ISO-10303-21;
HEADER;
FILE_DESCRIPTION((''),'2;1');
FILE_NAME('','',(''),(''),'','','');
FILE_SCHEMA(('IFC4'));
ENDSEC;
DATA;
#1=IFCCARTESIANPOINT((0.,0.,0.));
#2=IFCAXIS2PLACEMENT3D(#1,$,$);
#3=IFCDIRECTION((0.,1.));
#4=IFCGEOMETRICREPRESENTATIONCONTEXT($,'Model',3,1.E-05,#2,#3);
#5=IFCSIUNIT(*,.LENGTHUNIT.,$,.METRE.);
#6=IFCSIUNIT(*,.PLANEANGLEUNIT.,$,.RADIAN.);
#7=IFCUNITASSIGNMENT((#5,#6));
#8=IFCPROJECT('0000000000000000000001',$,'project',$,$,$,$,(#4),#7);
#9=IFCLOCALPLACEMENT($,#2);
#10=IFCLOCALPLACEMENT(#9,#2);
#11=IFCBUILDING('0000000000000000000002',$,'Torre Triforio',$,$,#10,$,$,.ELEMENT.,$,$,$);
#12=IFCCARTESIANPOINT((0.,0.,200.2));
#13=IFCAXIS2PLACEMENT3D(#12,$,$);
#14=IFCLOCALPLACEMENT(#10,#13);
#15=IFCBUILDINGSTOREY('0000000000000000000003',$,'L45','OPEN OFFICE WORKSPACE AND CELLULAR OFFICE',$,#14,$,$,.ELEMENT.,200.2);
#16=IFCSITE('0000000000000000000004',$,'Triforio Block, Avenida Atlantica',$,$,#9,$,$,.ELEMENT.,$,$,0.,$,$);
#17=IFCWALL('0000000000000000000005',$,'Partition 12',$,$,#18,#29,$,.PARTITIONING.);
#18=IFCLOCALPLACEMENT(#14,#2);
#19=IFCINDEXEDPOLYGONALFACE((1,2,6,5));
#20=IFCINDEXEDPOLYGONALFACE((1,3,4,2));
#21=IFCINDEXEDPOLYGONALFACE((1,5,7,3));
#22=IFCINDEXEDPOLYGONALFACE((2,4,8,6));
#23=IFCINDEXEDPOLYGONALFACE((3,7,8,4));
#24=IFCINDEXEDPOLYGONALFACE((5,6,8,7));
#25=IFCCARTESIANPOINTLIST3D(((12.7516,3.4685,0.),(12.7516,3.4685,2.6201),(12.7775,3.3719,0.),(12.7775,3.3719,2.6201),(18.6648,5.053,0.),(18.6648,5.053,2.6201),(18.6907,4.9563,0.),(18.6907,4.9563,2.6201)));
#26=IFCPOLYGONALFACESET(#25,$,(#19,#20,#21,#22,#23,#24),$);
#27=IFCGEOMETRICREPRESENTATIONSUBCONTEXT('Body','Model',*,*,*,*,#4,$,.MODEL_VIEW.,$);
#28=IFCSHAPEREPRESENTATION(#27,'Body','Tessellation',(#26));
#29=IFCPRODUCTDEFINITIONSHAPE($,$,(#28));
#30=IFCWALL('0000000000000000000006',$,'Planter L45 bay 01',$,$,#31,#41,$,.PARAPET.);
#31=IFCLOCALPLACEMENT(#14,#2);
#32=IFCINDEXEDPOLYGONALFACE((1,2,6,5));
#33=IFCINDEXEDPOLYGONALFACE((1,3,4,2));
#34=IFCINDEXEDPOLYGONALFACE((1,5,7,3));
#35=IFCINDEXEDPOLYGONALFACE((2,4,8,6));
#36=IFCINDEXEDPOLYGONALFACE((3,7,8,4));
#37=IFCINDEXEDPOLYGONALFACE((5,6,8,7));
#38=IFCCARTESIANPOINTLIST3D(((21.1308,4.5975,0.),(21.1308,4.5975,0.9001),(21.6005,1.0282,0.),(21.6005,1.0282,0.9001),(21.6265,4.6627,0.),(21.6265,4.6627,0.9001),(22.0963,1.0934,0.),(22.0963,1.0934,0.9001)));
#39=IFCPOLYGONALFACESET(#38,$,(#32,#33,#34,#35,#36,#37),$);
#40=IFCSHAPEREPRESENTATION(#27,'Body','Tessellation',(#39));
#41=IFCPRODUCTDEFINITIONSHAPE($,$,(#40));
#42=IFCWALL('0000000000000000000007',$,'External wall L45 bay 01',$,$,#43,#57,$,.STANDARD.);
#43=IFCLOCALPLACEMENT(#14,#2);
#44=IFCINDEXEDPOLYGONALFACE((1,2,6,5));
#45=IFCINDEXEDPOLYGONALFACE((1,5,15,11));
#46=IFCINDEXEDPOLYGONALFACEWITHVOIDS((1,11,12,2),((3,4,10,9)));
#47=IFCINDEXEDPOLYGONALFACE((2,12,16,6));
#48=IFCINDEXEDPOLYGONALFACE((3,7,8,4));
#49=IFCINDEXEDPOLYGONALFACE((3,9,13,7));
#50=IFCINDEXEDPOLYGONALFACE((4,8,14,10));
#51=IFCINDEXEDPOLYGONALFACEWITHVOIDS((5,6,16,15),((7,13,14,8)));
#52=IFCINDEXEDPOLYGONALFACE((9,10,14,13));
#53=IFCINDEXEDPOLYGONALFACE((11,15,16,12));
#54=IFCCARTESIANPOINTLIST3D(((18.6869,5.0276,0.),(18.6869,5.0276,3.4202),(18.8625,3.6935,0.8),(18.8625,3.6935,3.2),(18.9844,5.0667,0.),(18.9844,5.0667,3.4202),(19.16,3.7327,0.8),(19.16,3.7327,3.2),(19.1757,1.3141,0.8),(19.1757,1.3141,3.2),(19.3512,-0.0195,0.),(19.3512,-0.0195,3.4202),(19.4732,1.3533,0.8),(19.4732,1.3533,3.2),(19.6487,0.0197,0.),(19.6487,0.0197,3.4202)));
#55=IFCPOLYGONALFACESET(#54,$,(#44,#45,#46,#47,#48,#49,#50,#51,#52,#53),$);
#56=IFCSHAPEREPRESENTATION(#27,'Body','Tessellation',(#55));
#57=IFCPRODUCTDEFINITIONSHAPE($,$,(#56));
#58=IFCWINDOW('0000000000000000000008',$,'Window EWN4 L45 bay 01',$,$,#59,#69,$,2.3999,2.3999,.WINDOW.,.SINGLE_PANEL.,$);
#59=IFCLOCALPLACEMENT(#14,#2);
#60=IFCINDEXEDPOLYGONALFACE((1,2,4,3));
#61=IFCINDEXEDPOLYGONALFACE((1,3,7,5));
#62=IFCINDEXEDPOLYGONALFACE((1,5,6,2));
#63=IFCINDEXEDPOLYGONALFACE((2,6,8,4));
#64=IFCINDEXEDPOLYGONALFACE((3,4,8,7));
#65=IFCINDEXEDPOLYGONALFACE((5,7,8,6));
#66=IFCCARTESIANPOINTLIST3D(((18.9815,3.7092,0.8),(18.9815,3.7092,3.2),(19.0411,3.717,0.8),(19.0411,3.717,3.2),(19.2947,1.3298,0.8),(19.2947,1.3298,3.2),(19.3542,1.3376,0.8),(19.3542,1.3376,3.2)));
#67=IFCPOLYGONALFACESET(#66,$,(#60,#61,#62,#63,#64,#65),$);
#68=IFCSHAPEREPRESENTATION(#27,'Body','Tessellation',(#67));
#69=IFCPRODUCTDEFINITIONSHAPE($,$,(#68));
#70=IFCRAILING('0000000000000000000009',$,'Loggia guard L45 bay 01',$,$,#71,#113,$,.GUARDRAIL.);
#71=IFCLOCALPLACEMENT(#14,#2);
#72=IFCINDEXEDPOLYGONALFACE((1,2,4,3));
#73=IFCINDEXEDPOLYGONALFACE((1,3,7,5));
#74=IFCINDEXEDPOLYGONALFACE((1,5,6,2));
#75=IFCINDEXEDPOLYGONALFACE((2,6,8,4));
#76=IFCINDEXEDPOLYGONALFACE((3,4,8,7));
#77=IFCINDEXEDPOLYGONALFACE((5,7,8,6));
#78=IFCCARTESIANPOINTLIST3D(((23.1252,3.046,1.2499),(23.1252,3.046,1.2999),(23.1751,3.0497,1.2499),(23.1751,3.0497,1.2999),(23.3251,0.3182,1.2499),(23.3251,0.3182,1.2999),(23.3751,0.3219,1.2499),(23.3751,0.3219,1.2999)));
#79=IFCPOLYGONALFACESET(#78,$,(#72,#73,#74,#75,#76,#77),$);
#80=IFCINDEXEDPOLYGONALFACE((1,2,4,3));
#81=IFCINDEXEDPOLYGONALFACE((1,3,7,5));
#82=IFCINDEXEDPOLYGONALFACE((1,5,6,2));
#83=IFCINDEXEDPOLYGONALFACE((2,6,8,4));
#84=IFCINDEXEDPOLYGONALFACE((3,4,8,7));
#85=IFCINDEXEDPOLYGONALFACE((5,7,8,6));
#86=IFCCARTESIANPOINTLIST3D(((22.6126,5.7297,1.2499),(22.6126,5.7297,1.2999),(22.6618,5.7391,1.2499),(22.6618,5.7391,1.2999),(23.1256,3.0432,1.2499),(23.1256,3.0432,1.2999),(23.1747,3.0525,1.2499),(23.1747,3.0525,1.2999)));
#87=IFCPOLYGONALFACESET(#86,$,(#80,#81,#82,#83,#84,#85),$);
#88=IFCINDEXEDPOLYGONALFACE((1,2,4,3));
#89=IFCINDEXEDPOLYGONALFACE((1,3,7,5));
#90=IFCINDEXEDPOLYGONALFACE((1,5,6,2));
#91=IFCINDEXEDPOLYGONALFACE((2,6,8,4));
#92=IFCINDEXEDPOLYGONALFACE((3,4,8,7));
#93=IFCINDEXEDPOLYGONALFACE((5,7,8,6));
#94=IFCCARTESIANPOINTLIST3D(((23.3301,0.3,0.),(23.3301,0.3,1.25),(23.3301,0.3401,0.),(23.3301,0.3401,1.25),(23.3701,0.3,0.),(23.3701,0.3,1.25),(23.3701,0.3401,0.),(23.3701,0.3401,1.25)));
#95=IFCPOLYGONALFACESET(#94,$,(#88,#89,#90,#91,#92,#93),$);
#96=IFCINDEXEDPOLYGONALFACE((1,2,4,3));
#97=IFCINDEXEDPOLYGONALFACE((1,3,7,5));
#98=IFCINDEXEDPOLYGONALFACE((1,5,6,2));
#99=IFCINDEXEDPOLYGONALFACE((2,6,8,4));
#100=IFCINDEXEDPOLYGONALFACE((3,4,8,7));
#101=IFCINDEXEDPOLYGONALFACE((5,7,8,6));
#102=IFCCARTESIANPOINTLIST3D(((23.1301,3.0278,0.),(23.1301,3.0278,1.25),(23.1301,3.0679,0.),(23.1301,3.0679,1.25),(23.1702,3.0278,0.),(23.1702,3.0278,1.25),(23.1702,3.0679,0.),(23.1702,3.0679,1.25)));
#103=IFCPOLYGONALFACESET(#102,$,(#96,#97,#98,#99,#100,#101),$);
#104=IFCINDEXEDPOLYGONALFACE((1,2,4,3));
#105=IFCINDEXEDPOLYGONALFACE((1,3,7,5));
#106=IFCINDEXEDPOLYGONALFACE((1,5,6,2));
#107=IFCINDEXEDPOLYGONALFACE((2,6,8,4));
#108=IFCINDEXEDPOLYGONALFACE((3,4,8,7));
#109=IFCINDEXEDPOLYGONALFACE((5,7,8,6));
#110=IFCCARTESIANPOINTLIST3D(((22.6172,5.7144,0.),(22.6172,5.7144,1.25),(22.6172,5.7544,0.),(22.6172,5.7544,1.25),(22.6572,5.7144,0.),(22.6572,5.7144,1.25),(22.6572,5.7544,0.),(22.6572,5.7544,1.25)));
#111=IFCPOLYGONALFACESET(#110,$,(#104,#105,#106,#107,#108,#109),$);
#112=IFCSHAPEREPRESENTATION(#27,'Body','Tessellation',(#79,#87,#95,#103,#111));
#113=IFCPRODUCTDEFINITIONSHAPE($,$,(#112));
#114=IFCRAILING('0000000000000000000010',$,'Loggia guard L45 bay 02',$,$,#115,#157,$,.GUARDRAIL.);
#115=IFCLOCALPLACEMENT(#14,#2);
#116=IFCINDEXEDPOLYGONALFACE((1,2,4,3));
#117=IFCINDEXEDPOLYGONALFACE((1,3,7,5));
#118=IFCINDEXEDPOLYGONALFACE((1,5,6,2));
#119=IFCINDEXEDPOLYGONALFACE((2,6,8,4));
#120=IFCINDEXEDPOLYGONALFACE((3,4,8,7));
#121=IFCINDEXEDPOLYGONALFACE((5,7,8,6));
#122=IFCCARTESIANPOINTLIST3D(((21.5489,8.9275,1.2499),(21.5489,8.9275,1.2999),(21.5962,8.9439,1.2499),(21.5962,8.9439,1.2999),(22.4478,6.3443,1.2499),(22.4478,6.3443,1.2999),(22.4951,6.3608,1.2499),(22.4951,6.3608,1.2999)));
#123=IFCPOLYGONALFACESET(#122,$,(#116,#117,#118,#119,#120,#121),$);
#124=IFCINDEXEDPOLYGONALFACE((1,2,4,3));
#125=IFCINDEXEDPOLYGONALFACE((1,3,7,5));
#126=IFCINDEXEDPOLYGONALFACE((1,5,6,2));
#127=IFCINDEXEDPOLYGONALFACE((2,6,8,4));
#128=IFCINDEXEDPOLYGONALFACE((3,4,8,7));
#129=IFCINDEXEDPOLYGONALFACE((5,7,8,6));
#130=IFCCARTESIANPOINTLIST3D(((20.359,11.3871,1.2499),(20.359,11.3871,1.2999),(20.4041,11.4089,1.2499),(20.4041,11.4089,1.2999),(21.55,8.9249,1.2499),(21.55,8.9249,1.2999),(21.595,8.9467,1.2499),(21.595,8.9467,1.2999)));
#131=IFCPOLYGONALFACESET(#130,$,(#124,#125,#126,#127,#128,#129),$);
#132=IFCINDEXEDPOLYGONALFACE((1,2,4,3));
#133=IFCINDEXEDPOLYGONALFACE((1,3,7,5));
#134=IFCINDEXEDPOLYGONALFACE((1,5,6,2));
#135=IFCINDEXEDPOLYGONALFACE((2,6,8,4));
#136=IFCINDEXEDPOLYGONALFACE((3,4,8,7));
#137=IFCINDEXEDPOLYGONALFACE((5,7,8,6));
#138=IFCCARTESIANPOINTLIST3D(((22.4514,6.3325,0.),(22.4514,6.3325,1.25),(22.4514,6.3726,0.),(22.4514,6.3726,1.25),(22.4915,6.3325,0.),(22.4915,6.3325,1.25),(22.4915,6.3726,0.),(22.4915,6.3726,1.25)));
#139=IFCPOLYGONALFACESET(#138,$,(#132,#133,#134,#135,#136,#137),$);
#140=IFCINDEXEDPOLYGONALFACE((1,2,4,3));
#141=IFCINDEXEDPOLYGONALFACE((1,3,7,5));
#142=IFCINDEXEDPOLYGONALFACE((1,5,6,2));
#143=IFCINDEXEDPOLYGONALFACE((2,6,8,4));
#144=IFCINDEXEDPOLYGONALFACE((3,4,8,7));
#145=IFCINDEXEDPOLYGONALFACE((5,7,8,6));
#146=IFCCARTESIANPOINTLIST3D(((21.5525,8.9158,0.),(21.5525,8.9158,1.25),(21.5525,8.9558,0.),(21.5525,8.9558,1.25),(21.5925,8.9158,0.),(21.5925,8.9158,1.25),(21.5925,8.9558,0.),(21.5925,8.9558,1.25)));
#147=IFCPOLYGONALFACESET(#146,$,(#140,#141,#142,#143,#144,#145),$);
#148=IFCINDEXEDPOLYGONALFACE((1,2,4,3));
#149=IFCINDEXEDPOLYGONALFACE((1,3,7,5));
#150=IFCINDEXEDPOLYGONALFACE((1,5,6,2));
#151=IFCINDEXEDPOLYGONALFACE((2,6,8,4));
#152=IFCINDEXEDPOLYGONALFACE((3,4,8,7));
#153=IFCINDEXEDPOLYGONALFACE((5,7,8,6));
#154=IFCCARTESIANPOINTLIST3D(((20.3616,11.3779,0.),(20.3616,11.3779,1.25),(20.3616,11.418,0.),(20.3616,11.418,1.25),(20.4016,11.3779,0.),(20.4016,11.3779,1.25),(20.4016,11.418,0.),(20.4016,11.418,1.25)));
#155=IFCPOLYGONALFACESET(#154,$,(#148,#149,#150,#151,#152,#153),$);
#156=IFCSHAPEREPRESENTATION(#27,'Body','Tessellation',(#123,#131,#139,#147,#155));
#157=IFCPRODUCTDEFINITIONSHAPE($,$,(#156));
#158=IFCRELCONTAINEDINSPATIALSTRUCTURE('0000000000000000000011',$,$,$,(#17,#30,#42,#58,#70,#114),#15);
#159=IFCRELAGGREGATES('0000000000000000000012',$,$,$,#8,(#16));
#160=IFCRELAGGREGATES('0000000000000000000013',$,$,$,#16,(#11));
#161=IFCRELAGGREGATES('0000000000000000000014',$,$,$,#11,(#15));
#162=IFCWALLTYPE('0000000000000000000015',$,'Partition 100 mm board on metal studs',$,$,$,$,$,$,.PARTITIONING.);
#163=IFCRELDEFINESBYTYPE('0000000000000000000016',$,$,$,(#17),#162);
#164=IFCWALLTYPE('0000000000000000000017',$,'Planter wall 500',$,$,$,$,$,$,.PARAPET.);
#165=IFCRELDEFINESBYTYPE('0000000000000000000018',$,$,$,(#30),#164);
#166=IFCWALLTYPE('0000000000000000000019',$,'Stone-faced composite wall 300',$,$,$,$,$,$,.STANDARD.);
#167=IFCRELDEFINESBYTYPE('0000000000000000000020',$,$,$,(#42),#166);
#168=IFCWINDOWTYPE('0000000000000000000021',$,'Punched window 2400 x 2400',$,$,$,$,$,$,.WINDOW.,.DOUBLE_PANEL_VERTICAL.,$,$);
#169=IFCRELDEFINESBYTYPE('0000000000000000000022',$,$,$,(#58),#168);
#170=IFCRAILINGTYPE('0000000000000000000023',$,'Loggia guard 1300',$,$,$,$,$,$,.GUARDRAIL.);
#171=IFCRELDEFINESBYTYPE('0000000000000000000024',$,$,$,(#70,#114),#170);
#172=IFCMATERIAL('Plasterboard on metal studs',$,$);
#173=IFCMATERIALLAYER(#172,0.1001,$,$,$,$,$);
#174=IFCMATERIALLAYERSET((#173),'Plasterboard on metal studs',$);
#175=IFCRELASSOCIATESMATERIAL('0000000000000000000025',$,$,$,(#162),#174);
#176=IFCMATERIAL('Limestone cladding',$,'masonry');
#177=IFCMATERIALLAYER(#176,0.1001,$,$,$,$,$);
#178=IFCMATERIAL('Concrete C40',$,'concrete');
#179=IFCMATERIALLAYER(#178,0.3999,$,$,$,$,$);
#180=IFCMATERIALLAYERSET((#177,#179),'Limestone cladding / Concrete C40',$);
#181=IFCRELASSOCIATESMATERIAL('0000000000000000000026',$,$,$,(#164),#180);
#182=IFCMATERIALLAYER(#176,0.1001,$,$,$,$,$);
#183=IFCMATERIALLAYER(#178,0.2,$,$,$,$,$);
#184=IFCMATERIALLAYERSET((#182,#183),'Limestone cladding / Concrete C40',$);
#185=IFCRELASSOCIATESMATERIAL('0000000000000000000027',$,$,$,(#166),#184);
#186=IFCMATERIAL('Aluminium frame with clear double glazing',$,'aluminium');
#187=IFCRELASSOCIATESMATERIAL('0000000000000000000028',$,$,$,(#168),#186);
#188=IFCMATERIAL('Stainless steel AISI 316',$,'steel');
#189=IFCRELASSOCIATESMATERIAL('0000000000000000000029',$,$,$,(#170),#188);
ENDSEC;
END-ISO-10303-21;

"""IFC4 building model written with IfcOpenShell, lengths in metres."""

from ifc_helpers import new_model, si_unit, direction, frame, frame_2d, origin, origin_2d, place, context, subcontext, project, spatial, rectangle, extrude, material, layer, layer_set, type_object, element, fill, save


model = new_model("IFC4")

# Units and contexts
model_context = context("Model", 3, precision=1e-05, world=origin(), true_north=direction((0.0, 1.0)))
body_context = subcontext(model_context, "Body", "Model", "MODEL_VIEW")
ifc_project = project(units=[si_unit("LENGTHUNIT", "METRE"), si_unit("PLANEANGLEUNIT", "RADIAN")], contexts=[model_context])

# Site, building, storey
site_placement = place(None, origin())
site = spatial("IfcSite", under=ifc_project, at=site_placement, Name="Triforio Block, Avenida Atlantica", CompositionType="ELEMENT", RefElevation=0.0)
building_placement = place(site_placement, origin())
building = spatial("IfcBuilding", under=site, at=building_placement, Name="Torre Triforio", CompositionType="ELEMENT")
storey_placement = place(building_placement, frame((0.0, 0.0, 200.2)))
storey = spatial("IfcBuildingStorey", under=building, at=storey_placement, Name="L45", Description="OPEN OFFICE WORKSPACE AND CELLULAR OFFICE", CompositionType="ELEMENT", Elevation=200.2)

# Shared definitions
ifc_material_1 = material(Name="Concrete C40", Category="concrete")

# Shared definitions
ifc_material_2 = material(Name="Plasterboard on metal studs")

# Walls
ifc_layer_1 = layer(ifc_material_2, 0.1001)
ifc_layer_set_1 = layer_set([ifc_layer_1], Name="Plasterboard on metal studs")
wall_type_1 = type_object("IfcWallType", Name="Partition 100 mm board on metal studs", PredefinedType="PARTITIONING", material=ifc_layer_set_1)
wall_1_placement = place(storey_placement, frame((12.7644, 3.4202, 0.0), z_axis=(0.0, 0.0, 1.0), x_axis=(0.965926, 0.258819, 0.0)))
element("IfcWall", 1, at=wall_1_placement, inside=storey, type_object=wall_type_1, Name="Partition 12", PredefinedType="PARTITIONING", context=body_context, shape_type="SweptSolid", body=[
    extrude(rectangle(XDim=6.1218, YDim=0.1001, at=frame_2d((3.061, 0.0))), origin(), (0.0, 0.0, 1.0), 2.6201),
])
ifc_material_3 = material(Name="Limestone cladding", Category="masonry")
ifc_layer_2 = layer(ifc_material_3, 0.1001)
ifc_layer_3 = layer(ifc_material_1, 0.3999)
ifc_layer_set_2 = layer_set([ifc_layer_2, ifc_layer_3], Name="Limestone cladding / Concrete C40")
wall_type_2 = type_object("IfcWallType", Name="Planter wall 500", PredefinedType="PARAPET", material=ifc_layer_set_2)
wall_2_placement = place(storey_placement, frame((21.8484, 1.0608, 0.0), z_axis=(0.0, 0.0, 1.0), x_axis=(-0.130476, 0.991452, 0.0)))
element("IfcWall", 2, at=wall_2_placement, inside=storey, type_object=wall_type_2, Name="Planter L45 bay 01", PredefinedType="PARAPET", context=body_context, shape_type="SweptSolid", body=[
    extrude(rectangle(XDim=3.6001, YDim=0.5, at=frame_2d((1.8, 0.0))), origin(), (0.0, 0.0, 1.0), 0.9001),
])

# Wall, opening, window
ifc_layer_4 = layer(ifc_material_3, 0.1001)
ifc_layer_5 = layer(ifc_material_1, 0.2)
ifc_layer_set_3 = layer_set([ifc_layer_4, ifc_layer_5], Name="Limestone cladding / Concrete C40")
wall_type_3 = type_object("IfcWallType", Name="Stone-faced composite wall 300", PredefinedType="STANDARD", material=ifc_layer_set_3)
wall_3_placement = place(storey_placement, frame((19.5, 0.0, 0.0), z_axis=(0.0, 0.0, 1.0), x_axis=(-0.130495, 0.991449, 0.0)))
wall_3 = element("IfcWall", 3, at=wall_3_placement, inside=storey, type_object=wall_type_3, Name="External wall L45 bay 01", PredefinedType="STANDARD", context=body_context, shape_type="SweptSolid", body=[
    extrude(rectangle(XDim=5.0906, YDim=0.3, at=frame_2d((2.5454, 0.0))), origin(), (0.0, 0.0, 1.0), 3.4202),
])
opening_1_placement = place(wall_3_placement, frame((1.3452, 0.0, 0.8)))
opening_1 = element("IfcOpeningElement", 4, at=opening_1_placement, cuts=wall_3, PredefinedType="OPENING", context=body_context, shape_type="SweptSolid", body=[
    extrude(rectangle(XDim=2.3999, YDim=2.3999, at=frame_2d((1.2, 1.2))), frame((0.0, 0.1599, 0.0), z_axis=(0.0, -1.0, 0.0), x_axis=(1.0, 0.0, 0.0)), (0.0, 0.0, 1.0), 0.3201),
])
ifc_material_4 = material(Name="Aluminium frame with clear double glazing", Category="aluminium")
window_type_1 = type_object("IfcWindowType", Name="Punched window 2400 x 2400", PartitioningType="DOUBLE_PANEL_VERTICAL", PredefinedType="WINDOW", material=ifc_material_4)
window_1_placement = place(opening_1_placement, origin())
window_1 = element("IfcWindow", 5, at=window_1_placement, inside=storey, type_object=window_type_1, Name="Window EWN4 L45 bay 01", OverallHeight=2.3999, OverallWidth=2.3999, PartitioningType="SINGLE_PANEL", PredefinedType="WINDOW", context=body_context, shape_type="SweptSolid", body=[
    extrude(rectangle(XDim=2.3999, YDim=2.3999, at=frame_2d((1.2, 1.2))), frame((0.0, 0.03, 0.0), z_axis=(0.0, -1.0, 0.0), x_axis=(1.0, 0.0, 0.0)), (0.0, 0.0, 1.0), 0.0601),
])
fill(opening_1, window_1)

# Railings
ifc_material_5 = material(Name="Stainless steel AISI 316", Category="steel")
railing_type = type_object("IfcRailingType", Name="Loggia guard 1300", PredefinedType="GUARDRAIL", material=ifc_material_5)
railing_1_placement = place(storey_placement, frame((23.3501, 0.3201, 0.0)))
element("IfcRailing", 6, at=railing_1_placement, inside=storey, type_object=railing_type, Name="Loggia guard L45 bay 01", PredefinedType="GUARDRAIL", context=body_context, shape_type="SweptSolid", body=[
    extrude(rectangle(XDim=0.05, YDim=0.05, at=origin_2d()), frame((0.0, 0.0, 1.2749), z_axis=(-0.073106, 0.997324, 0.0), x_axis=(-0.997324, -0.073106, 0.0)), (0.0, 0.0, 1.0), 2.7351),
    extrude(rectangle(XDim=0.05, YDim=0.05, at=origin_2d()), frame((-0.2, 2.7278, 1.2749), z_axis=(-0.187543, 0.982256, 0.0), x_axis=(-0.982256, -0.187543, 0.0)), (0.0, 0.0, 1.0), 2.7351),
    extrude(rectangle(XDim=0.04, YDim=0.04, at=origin_2d()), origin(), (0.0, 0.0, 1.0), 1.25),
    extrude(rectangle(XDim=0.04, YDim=0.04, at=origin_2d()), frame((-0.2, 2.7278, 0.0)), (0.0, 0.0, 1.0), 1.25),
    extrude(rectangle(XDim=0.04, YDim=0.04, at=origin_2d()), frame((-0.7129, 5.4143, 0.0)), (0.0, 0.0, 1.0), 1.25),
])
railing_2_placement = place(storey_placement, frame((22.4714, 6.3525, 0.0)))
element("IfcRailing", 7, at=railing_2_placement, inside=storey, type_object=railing_type, Name="Loggia guard L45 bay 02", PredefinedType="GUARDRAIL", context=body_context, shape_type="SweptSolid", body=[
    extrude(rectangle(XDim=0.05, YDim=0.05, at=origin_2d()), frame((0.0, 0.0, 1.2749), z_axis=(-0.328652, 0.944451, 0.0), x_axis=(-0.944451, -0.328652, 0.0)), (0.0, 0.0, 1.0), 2.7351),
    extrude(rectangle(XDim=0.05, YDim=0.05, at=origin_2d()), frame((-0.8989, 2.5833, 1.2749), z_axis=(-0.435428, 0.900224, 0.0), x_axis=(-0.900224, -0.435428, 0.0)), (0.0, 0.0, 1.0), 2.7351),
    extrude(rectangle(XDim=0.04, YDim=0.04, at=origin_2d()), origin(), (0.0, 0.0, 1.0), 1.25),
    extrude(rectangle(XDim=0.04, YDim=0.04, at=origin_2d()), frame((-0.8989, 2.5833, 0.0)), (0.0, 0.0, 1.0), 1.25),
    extrude(rectangle(XDim=0.04, YDim=0.04, at=origin_2d()), frame((-2.0898, 5.0454, 0.0)), (0.0, 0.0, 1.0), 1.25),
])

save(model, "model.ifc")
